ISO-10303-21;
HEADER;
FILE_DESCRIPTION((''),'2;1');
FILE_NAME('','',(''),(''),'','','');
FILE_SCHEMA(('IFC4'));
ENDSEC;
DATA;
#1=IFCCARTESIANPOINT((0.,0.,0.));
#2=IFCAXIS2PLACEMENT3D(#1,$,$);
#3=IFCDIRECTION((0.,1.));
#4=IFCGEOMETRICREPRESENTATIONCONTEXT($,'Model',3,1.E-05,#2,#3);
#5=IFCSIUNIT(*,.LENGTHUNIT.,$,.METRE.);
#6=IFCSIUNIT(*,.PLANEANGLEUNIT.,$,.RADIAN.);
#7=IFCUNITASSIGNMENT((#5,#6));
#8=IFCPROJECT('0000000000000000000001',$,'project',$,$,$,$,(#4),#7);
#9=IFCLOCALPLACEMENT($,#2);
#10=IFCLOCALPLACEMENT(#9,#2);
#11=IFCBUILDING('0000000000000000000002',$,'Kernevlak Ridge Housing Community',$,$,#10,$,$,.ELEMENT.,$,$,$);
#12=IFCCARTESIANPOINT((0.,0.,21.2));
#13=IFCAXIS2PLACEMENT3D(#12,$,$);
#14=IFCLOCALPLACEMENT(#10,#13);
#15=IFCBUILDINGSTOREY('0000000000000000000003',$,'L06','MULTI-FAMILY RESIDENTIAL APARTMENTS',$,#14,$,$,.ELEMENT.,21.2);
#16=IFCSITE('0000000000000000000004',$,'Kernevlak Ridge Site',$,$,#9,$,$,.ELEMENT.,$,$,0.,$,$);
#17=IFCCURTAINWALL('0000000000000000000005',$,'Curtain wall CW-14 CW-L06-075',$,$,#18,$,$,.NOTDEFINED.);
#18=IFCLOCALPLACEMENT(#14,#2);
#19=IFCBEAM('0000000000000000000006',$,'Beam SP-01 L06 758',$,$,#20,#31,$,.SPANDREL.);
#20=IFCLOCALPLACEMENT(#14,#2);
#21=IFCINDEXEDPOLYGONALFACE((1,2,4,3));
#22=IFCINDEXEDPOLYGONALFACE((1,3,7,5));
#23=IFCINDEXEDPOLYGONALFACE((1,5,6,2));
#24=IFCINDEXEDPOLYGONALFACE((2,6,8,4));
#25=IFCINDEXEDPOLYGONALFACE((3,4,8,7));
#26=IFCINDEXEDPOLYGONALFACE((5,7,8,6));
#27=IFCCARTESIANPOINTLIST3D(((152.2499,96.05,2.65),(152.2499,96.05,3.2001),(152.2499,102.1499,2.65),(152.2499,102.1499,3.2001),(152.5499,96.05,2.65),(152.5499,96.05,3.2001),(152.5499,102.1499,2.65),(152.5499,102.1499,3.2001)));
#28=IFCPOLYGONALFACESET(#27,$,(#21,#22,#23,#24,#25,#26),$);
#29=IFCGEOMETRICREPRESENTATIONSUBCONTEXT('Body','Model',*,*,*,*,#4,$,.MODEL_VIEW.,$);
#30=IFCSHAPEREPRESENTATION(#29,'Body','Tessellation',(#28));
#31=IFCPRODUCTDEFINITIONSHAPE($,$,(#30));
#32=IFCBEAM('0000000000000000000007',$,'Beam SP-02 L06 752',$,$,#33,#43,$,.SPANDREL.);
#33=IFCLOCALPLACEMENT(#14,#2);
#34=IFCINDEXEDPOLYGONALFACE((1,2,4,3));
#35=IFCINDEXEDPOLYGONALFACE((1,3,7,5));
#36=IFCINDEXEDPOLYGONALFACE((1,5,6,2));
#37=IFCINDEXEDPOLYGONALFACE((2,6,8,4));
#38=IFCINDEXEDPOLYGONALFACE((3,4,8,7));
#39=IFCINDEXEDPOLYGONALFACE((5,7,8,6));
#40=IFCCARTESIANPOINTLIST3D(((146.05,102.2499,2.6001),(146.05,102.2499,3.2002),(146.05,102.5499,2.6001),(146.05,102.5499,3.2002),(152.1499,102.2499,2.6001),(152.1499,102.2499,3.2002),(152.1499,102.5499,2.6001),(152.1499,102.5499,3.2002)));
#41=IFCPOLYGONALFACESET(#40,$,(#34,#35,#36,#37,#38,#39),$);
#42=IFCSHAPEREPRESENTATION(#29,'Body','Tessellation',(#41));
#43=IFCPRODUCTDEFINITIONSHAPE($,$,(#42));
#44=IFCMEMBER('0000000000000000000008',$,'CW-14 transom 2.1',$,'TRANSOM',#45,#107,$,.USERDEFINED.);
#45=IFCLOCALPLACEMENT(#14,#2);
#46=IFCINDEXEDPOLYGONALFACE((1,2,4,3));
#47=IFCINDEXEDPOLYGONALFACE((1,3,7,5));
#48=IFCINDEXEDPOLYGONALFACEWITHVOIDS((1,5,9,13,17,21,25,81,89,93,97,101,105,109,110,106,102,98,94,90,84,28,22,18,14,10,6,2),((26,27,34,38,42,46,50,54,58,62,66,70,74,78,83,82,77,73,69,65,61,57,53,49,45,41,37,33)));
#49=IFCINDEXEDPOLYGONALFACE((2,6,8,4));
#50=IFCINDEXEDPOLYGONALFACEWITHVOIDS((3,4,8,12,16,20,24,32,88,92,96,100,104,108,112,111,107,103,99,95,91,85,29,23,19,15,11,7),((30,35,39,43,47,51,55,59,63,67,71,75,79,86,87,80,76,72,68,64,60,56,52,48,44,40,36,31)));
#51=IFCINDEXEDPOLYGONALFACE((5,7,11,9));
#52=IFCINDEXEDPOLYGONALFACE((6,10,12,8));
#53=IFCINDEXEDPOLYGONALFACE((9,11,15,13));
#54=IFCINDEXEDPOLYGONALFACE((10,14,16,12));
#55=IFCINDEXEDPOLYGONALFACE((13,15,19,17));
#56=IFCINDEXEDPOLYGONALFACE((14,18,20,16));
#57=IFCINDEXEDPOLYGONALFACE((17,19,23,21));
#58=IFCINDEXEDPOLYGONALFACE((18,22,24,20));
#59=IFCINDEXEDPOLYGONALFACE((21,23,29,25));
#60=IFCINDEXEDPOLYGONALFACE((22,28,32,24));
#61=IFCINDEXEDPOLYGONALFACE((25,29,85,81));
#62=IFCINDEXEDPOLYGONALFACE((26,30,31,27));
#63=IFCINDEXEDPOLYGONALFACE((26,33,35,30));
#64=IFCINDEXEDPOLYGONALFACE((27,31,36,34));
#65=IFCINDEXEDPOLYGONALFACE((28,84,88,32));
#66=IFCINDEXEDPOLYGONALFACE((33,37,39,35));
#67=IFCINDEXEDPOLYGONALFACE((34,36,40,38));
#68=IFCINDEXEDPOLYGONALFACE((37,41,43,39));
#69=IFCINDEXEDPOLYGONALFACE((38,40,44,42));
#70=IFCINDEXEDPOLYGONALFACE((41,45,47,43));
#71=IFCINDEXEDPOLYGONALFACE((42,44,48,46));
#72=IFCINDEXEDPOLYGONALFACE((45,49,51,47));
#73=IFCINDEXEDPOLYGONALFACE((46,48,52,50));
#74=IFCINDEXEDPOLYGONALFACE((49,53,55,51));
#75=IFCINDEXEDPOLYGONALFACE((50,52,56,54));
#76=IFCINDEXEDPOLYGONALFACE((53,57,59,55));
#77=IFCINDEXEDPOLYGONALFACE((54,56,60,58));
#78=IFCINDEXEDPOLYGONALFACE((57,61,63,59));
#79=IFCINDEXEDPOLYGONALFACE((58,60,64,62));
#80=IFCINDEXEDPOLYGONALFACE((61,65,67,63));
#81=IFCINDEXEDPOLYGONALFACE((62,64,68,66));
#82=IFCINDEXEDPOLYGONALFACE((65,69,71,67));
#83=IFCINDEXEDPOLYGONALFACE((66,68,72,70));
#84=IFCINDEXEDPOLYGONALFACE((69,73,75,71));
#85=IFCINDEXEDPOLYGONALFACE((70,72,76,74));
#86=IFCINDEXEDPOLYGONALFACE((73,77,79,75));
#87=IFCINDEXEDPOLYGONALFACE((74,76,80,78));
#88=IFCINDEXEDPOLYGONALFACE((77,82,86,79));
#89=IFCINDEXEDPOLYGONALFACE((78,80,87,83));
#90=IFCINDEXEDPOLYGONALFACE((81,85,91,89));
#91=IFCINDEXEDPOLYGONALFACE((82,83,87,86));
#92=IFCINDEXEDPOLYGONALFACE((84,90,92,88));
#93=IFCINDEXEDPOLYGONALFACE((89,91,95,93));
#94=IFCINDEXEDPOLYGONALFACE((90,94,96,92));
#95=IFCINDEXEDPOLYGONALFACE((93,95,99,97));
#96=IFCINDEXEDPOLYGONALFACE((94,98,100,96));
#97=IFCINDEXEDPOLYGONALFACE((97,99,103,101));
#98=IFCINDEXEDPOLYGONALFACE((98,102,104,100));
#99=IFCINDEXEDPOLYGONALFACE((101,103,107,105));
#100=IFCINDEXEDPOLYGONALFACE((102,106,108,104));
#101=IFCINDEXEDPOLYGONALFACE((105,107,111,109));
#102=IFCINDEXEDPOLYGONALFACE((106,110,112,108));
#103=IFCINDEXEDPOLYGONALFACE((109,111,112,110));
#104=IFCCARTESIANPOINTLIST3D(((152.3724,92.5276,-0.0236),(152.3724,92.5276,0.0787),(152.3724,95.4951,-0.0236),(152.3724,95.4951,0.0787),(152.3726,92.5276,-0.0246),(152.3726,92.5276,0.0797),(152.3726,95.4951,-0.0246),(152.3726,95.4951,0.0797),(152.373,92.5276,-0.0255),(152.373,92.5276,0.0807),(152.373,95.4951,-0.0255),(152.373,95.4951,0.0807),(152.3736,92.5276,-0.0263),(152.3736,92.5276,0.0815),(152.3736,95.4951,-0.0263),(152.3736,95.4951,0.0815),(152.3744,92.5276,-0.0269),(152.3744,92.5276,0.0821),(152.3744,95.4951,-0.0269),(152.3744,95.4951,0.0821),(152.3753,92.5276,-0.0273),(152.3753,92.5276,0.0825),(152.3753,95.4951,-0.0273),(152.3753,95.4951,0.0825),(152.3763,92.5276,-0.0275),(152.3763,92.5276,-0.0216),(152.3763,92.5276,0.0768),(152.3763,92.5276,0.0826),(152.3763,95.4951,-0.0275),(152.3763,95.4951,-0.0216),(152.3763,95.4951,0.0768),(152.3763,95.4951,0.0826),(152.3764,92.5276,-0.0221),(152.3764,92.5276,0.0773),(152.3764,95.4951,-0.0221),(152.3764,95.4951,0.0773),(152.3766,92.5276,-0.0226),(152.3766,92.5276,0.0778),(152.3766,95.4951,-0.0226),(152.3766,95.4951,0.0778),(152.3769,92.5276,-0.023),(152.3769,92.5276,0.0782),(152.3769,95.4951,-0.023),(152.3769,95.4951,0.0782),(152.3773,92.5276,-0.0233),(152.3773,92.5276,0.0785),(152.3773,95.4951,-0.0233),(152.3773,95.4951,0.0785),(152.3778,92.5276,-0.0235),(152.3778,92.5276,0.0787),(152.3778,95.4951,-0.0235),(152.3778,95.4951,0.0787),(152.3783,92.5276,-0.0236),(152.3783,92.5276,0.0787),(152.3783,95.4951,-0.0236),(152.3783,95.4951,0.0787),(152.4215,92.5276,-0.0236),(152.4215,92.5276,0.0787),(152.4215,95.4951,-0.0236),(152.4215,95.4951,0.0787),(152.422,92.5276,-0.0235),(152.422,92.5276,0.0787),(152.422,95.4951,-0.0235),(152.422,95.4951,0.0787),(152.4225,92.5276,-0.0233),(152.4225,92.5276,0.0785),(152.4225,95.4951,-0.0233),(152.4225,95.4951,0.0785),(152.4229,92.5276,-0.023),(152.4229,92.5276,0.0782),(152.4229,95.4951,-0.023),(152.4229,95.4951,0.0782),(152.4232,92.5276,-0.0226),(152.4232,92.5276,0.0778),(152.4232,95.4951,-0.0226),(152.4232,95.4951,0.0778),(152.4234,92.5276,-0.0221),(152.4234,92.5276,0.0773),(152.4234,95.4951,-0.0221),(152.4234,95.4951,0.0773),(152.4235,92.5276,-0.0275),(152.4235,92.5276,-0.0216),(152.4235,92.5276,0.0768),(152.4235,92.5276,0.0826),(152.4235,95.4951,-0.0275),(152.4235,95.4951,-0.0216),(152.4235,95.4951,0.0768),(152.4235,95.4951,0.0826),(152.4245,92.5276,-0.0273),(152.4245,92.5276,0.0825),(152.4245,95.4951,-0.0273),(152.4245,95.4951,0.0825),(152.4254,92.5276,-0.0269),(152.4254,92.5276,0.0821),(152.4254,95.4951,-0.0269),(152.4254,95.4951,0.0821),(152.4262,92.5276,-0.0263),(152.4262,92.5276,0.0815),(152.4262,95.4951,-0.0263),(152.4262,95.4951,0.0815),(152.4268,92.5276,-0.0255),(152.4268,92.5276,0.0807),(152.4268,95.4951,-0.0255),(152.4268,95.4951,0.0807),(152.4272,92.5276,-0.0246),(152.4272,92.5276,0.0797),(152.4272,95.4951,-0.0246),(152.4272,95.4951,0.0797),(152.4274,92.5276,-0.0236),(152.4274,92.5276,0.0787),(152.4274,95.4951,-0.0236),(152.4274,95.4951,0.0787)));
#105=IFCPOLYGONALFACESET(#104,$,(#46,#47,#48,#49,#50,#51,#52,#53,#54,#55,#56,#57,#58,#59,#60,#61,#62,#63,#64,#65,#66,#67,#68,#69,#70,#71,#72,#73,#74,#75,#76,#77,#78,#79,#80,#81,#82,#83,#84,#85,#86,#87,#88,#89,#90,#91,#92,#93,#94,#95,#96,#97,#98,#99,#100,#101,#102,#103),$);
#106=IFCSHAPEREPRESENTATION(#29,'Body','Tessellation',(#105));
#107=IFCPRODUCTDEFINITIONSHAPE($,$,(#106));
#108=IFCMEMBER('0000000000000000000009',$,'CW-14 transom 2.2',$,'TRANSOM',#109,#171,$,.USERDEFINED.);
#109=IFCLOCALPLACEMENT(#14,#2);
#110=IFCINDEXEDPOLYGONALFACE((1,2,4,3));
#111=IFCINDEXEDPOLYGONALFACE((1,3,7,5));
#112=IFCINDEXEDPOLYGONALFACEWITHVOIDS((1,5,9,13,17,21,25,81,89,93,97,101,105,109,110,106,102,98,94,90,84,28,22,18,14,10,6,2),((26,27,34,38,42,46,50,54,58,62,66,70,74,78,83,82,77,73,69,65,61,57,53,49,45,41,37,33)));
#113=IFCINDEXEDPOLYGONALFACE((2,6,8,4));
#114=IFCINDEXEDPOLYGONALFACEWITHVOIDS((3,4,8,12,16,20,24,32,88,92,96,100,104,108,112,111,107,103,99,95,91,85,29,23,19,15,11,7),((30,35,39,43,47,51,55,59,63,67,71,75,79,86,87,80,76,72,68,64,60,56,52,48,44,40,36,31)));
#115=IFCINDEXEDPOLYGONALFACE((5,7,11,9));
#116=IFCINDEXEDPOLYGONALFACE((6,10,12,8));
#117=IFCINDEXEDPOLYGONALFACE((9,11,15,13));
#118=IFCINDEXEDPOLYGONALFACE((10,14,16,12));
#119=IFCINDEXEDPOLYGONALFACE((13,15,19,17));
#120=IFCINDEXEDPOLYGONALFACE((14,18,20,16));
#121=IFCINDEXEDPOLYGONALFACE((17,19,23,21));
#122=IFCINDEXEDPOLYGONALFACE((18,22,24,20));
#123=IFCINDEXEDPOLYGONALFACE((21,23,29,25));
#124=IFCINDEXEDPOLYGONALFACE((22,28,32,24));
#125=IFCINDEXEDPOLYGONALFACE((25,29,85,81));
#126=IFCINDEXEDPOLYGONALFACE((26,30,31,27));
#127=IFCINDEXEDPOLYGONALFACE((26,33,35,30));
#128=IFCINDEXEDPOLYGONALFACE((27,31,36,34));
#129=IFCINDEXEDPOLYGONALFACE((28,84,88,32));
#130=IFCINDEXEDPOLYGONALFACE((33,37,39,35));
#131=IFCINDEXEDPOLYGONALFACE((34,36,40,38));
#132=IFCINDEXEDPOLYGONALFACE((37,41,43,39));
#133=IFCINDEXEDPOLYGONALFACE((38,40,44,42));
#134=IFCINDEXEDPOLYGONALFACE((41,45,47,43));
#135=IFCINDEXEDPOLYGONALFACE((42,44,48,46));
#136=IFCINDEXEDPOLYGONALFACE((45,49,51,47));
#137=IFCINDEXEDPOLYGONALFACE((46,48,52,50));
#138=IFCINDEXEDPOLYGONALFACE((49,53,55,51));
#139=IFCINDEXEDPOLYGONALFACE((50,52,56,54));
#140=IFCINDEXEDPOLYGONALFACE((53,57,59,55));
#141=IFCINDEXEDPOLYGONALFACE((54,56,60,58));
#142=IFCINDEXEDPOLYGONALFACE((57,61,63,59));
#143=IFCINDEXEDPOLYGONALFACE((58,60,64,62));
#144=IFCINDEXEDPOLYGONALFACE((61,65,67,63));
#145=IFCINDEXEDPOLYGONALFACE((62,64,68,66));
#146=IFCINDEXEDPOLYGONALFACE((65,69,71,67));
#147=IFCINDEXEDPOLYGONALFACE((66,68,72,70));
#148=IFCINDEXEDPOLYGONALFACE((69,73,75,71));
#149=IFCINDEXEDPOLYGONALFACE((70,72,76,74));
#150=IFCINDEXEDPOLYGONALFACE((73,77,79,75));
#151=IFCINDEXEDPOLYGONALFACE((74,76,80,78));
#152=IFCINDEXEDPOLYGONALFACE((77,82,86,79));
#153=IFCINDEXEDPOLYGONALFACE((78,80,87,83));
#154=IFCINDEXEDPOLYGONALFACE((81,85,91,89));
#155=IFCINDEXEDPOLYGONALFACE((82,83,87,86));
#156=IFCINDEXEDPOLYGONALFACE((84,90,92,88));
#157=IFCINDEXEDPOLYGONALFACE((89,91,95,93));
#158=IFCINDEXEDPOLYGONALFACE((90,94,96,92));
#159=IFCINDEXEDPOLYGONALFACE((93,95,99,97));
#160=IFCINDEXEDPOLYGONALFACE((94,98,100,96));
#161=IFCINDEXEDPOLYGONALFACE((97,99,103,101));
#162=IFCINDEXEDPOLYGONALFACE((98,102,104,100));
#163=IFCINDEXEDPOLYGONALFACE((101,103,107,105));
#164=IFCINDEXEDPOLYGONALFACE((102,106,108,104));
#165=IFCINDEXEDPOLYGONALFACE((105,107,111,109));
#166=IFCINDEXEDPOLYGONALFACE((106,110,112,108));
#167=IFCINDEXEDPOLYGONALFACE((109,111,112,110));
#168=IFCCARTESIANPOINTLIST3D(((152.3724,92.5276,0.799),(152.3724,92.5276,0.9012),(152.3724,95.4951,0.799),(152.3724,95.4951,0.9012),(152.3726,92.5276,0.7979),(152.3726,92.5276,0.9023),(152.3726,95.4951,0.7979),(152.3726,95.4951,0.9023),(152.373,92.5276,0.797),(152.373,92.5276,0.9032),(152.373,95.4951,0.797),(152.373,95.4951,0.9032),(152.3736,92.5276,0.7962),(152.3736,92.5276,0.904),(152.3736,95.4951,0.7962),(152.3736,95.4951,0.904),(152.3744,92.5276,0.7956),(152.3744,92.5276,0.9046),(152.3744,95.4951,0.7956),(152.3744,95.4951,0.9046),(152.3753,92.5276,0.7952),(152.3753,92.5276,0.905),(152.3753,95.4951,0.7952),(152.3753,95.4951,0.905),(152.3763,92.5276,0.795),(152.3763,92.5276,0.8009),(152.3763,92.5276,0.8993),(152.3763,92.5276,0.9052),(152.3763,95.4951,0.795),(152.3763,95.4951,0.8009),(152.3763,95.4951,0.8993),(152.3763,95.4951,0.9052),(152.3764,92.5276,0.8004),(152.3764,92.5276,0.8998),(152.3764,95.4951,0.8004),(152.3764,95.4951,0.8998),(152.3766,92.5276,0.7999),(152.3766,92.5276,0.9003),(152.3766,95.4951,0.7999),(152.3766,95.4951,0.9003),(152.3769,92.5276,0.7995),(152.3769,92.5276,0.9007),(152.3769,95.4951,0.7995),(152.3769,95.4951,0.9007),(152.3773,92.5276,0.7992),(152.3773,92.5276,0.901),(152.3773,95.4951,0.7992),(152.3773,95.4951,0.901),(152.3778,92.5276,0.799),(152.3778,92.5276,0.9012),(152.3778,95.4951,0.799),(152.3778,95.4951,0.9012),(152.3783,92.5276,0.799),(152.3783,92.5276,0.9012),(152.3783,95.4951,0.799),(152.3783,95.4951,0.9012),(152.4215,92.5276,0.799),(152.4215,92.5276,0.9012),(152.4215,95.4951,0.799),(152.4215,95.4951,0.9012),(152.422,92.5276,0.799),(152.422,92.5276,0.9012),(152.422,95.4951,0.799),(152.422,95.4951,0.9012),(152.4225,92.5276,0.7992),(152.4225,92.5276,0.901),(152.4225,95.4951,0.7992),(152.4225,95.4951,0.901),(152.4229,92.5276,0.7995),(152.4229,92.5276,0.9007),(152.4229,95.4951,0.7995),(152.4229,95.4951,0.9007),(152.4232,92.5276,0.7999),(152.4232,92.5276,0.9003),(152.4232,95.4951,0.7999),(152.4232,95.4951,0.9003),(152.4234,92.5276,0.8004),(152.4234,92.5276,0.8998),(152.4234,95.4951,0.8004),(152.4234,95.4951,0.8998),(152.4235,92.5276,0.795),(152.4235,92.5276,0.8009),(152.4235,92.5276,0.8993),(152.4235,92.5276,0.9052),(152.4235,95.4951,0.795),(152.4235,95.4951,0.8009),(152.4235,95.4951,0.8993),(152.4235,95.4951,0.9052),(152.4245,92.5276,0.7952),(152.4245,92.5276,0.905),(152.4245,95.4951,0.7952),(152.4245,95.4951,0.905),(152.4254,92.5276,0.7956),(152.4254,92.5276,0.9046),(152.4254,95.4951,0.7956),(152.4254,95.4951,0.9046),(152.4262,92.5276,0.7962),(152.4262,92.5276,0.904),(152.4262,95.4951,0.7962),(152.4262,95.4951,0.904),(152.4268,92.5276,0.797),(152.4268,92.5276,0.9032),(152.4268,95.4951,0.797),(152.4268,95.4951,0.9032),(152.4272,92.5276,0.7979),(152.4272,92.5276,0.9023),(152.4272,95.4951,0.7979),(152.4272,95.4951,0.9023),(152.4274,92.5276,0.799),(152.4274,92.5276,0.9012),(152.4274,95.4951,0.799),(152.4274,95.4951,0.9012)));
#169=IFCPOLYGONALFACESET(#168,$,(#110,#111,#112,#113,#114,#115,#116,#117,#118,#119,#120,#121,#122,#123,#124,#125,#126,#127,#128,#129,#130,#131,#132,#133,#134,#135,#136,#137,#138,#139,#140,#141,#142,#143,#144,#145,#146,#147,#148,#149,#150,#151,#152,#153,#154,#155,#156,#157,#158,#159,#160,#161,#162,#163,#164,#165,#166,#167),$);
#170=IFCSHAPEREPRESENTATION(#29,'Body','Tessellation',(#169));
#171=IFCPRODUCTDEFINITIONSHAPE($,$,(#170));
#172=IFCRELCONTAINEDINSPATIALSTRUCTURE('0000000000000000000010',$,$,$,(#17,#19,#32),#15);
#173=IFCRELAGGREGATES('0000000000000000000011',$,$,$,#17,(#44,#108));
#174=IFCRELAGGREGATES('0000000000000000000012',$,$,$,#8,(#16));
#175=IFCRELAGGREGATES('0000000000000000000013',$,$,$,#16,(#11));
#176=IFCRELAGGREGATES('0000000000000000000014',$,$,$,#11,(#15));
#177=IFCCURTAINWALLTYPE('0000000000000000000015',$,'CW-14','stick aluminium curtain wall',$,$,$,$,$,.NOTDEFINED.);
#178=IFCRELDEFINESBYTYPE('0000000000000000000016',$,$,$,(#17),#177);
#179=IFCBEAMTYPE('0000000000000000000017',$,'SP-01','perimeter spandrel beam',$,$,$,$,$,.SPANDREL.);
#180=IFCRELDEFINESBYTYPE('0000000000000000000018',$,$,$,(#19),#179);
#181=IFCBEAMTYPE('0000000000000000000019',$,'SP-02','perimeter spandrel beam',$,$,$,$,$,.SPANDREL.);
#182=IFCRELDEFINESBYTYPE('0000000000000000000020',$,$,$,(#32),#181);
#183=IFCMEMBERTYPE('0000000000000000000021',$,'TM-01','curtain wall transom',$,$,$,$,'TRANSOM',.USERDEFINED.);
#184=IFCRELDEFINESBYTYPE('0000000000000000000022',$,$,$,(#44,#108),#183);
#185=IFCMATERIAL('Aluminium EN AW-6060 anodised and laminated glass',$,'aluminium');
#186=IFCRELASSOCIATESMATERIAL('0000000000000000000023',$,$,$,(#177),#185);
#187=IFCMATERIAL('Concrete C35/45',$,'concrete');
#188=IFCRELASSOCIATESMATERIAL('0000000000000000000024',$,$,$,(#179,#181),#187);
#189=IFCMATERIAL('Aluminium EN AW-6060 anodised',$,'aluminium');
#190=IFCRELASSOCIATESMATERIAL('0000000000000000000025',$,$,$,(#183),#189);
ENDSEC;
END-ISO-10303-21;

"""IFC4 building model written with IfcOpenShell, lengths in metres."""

from ifc_helpers import new_model, si_unit, direction, frame, origin, origin_2d, place, context, subcontext, project, spatial, rectangle, hollow_rectangle, extrude, material, material_profile, profile_set, type_object, element, aggregate, save


model = new_model("IFC4")

# Units and contexts
model_context = context("Model", 3, precision=1e-05, world=origin(), true_north=direction((0.0, 1.0)))
body_context = subcontext(model_context, "Body", "Model", "MODEL_VIEW")
ifc_project = project(units=[si_unit("LENGTHUNIT", "METRE"), si_unit("PLANEANGLEUNIT", "RADIAN")], contexts=[model_context])

# Site, building, storey
site_placement = place(None, origin())
site = spatial("IfcSite", under=ifc_project, at=site_placement, Name="Kernevlak Ridge Site", CompositionType="ELEMENT", RefElevation=0.0)
building_placement = place(site_placement, origin())
building = spatial("IfcBuilding", under=site, at=building_placement, Name="Kernevlak Ridge Housing Community", CompositionType="ELEMENT")
storey_placement = place(building_placement, frame((0.0, 0.0, 21.2)))
storey = spatial("IfcBuildingStorey", under=building, at=storey_placement, Name="L06", Description="MULTI-FAMILY RESIDENTIAL APARTMENTS", CompositionType="ELEMENT", Elevation=21.2)

# Shared definitions
ifc_material_1 = material(Name="Concrete C35/45", Category="concrete")

# Curtain wall
ifc_material_2 = material(Name="Aluminium EN AW-6060 anodised and laminated glass", Category="aluminium")
curtain_wall_type = type_object("IfcCurtainWallType", Name="CW-14", Description="stick aluminium curtain wall", PredefinedType="NOTDEFINED", material=ifc_material_2)
curtain_wall_placement = place(storey_placement, origin())
curtain_wall = element("IfcCurtainWall", 1, at=curtain_wall_placement, inside=storey, type_object=curtain_wall_type, Name="Curtain wall CW-14 CW-L06-075", PredefinedType="NOTDEFINED")
ifc_material_3 = material(Name="Aluminium EN AW-6060 anodised", Category="aluminium")

# Beams
ifc_material_profile_1 = material_profile(ifc_material_1, rectangle(XDim=0.3, YDim=0.55, at=origin_2d()), Name="RC 300x550")
ifc_profile_set_1 = profile_set([ifc_material_profile_1], Name="Concrete C35/45")
beam_type_1 = type_object("IfcBeamType", Name="SP-01", Description="perimeter spandrel beam", PredefinedType="SPANDREL", material=ifc_profile_set_1)
beam_1_placement = place(storey_placement, frame((152.3999, 96.05, 2.925), z_axis=(0.0, 1.0, 0.0), x_axis=(-1.0, 0.0, 0.0)))
element("IfcBeam", 2, at=beam_1_placement, inside=storey, type_object=beam_type_1, Name="Beam SP-01 L06 758", PredefinedType="SPANDREL", context=body_context, shape_type="SweptSolid", body=[
    extrude(rectangle(XDim=0.3, YDim=0.55, at=origin_2d()), origin(), (0.0, 0.0, 1.0), 6.0999),
])
ifc_material_profile_2 = material_profile(ifc_material_1, rectangle(XDim=0.3, YDim=0.6001, at=origin_2d()), Name="RC 300x600")
ifc_profile_set_2 = profile_set([ifc_material_profile_2], Name="Concrete C35/45")
beam_type_2 = type_object("IfcBeamType", Name="SP-02", Description="perimeter spandrel beam", PredefinedType="SPANDREL", material=ifc_profile_set_2)
beam_2_placement = place(storey_placement, frame((146.05, 102.3999, 2.9001), z_axis=(1.0, 0.0, 0.0), x_axis=(0.0, 1.0, 0.0)))
element("IfcBeam", 3, at=beam_2_placement, inside=storey, type_object=beam_type_2, Name="Beam SP-02 L06 752", PredefinedType="SPANDREL", context=body_context, shape_type="SweptSolid", body=[
    extrude(rectangle(XDim=0.3, YDim=0.6001, at=origin_2d()), origin(), (0.0, 0.0, 1.0), 6.0999),
])

# Members
ifc_material_profile_3 = material_profile(ifc_material_3, hollow_rectangle(XDim=0.0549, YDim=0.1101, WallThickness=0.0039, InnerFilletRadius=0.002, OuterFilletRadius=0.0039, at=origin_2d()), Name="ALU 55x110x4")
ifc_profile_set_3 = profile_set([ifc_material_profile_3], Name="Aluminium EN AW-6060 anodised")
member_type_1 = type_object("IfcMemberType", Name="TM-01", Description="curtain wall transom", ElementType="TRANSOM", PredefinedType="USERDEFINED", material=ifc_profile_set_3)
member_1_placement = place(storey_placement, frame((152.3999, 92.5276, 0.0276), z_axis=(0.0, 1.0, 0.0), x_axis=(-1.0, 0.0, 0.0)))
member_1 = element("IfcMember", 4, at=member_1_placement, type_object=member_type_1, Name="CW-14 transom 2.1", ObjectType="TRANSOM", PredefinedType="USERDEFINED", context=body_context, shape_type="SweptSolid", body=[
    extrude(hollow_rectangle(XDim=0.0549, YDim=0.1101, WallThickness=0.0039, InnerFilletRadius=0.002, OuterFilletRadius=0.0039, at=origin_2d()), origin(), (0.0, 0.0, 1.0), 2.9675),
])
member_2_placement = place(storey_placement, frame((152.3999, 92.5276, 0.8501), z_axis=(0.0, 1.0, 0.0), x_axis=(-1.0, 0.0, 0.0)))
member_2 = element("IfcMember", 5, at=member_2_placement, type_object=member_type_1, Name="CW-14 transom 2.2", ObjectType="TRANSOM", PredefinedType="USERDEFINED", context=body_context, shape_type="SweptSolid", body=[
    extrude(hollow_rectangle(XDim=0.0549, YDim=0.1101, WallThickness=0.0039, InnerFilletRadius=0.002, OuterFilletRadius=0.0039, at=origin_2d()), origin(), (0.0, 0.0, 1.0), 2.9675),
])

aggregate(curtain_wall, [member_1, member_2])

save(model, "model.ifc")
